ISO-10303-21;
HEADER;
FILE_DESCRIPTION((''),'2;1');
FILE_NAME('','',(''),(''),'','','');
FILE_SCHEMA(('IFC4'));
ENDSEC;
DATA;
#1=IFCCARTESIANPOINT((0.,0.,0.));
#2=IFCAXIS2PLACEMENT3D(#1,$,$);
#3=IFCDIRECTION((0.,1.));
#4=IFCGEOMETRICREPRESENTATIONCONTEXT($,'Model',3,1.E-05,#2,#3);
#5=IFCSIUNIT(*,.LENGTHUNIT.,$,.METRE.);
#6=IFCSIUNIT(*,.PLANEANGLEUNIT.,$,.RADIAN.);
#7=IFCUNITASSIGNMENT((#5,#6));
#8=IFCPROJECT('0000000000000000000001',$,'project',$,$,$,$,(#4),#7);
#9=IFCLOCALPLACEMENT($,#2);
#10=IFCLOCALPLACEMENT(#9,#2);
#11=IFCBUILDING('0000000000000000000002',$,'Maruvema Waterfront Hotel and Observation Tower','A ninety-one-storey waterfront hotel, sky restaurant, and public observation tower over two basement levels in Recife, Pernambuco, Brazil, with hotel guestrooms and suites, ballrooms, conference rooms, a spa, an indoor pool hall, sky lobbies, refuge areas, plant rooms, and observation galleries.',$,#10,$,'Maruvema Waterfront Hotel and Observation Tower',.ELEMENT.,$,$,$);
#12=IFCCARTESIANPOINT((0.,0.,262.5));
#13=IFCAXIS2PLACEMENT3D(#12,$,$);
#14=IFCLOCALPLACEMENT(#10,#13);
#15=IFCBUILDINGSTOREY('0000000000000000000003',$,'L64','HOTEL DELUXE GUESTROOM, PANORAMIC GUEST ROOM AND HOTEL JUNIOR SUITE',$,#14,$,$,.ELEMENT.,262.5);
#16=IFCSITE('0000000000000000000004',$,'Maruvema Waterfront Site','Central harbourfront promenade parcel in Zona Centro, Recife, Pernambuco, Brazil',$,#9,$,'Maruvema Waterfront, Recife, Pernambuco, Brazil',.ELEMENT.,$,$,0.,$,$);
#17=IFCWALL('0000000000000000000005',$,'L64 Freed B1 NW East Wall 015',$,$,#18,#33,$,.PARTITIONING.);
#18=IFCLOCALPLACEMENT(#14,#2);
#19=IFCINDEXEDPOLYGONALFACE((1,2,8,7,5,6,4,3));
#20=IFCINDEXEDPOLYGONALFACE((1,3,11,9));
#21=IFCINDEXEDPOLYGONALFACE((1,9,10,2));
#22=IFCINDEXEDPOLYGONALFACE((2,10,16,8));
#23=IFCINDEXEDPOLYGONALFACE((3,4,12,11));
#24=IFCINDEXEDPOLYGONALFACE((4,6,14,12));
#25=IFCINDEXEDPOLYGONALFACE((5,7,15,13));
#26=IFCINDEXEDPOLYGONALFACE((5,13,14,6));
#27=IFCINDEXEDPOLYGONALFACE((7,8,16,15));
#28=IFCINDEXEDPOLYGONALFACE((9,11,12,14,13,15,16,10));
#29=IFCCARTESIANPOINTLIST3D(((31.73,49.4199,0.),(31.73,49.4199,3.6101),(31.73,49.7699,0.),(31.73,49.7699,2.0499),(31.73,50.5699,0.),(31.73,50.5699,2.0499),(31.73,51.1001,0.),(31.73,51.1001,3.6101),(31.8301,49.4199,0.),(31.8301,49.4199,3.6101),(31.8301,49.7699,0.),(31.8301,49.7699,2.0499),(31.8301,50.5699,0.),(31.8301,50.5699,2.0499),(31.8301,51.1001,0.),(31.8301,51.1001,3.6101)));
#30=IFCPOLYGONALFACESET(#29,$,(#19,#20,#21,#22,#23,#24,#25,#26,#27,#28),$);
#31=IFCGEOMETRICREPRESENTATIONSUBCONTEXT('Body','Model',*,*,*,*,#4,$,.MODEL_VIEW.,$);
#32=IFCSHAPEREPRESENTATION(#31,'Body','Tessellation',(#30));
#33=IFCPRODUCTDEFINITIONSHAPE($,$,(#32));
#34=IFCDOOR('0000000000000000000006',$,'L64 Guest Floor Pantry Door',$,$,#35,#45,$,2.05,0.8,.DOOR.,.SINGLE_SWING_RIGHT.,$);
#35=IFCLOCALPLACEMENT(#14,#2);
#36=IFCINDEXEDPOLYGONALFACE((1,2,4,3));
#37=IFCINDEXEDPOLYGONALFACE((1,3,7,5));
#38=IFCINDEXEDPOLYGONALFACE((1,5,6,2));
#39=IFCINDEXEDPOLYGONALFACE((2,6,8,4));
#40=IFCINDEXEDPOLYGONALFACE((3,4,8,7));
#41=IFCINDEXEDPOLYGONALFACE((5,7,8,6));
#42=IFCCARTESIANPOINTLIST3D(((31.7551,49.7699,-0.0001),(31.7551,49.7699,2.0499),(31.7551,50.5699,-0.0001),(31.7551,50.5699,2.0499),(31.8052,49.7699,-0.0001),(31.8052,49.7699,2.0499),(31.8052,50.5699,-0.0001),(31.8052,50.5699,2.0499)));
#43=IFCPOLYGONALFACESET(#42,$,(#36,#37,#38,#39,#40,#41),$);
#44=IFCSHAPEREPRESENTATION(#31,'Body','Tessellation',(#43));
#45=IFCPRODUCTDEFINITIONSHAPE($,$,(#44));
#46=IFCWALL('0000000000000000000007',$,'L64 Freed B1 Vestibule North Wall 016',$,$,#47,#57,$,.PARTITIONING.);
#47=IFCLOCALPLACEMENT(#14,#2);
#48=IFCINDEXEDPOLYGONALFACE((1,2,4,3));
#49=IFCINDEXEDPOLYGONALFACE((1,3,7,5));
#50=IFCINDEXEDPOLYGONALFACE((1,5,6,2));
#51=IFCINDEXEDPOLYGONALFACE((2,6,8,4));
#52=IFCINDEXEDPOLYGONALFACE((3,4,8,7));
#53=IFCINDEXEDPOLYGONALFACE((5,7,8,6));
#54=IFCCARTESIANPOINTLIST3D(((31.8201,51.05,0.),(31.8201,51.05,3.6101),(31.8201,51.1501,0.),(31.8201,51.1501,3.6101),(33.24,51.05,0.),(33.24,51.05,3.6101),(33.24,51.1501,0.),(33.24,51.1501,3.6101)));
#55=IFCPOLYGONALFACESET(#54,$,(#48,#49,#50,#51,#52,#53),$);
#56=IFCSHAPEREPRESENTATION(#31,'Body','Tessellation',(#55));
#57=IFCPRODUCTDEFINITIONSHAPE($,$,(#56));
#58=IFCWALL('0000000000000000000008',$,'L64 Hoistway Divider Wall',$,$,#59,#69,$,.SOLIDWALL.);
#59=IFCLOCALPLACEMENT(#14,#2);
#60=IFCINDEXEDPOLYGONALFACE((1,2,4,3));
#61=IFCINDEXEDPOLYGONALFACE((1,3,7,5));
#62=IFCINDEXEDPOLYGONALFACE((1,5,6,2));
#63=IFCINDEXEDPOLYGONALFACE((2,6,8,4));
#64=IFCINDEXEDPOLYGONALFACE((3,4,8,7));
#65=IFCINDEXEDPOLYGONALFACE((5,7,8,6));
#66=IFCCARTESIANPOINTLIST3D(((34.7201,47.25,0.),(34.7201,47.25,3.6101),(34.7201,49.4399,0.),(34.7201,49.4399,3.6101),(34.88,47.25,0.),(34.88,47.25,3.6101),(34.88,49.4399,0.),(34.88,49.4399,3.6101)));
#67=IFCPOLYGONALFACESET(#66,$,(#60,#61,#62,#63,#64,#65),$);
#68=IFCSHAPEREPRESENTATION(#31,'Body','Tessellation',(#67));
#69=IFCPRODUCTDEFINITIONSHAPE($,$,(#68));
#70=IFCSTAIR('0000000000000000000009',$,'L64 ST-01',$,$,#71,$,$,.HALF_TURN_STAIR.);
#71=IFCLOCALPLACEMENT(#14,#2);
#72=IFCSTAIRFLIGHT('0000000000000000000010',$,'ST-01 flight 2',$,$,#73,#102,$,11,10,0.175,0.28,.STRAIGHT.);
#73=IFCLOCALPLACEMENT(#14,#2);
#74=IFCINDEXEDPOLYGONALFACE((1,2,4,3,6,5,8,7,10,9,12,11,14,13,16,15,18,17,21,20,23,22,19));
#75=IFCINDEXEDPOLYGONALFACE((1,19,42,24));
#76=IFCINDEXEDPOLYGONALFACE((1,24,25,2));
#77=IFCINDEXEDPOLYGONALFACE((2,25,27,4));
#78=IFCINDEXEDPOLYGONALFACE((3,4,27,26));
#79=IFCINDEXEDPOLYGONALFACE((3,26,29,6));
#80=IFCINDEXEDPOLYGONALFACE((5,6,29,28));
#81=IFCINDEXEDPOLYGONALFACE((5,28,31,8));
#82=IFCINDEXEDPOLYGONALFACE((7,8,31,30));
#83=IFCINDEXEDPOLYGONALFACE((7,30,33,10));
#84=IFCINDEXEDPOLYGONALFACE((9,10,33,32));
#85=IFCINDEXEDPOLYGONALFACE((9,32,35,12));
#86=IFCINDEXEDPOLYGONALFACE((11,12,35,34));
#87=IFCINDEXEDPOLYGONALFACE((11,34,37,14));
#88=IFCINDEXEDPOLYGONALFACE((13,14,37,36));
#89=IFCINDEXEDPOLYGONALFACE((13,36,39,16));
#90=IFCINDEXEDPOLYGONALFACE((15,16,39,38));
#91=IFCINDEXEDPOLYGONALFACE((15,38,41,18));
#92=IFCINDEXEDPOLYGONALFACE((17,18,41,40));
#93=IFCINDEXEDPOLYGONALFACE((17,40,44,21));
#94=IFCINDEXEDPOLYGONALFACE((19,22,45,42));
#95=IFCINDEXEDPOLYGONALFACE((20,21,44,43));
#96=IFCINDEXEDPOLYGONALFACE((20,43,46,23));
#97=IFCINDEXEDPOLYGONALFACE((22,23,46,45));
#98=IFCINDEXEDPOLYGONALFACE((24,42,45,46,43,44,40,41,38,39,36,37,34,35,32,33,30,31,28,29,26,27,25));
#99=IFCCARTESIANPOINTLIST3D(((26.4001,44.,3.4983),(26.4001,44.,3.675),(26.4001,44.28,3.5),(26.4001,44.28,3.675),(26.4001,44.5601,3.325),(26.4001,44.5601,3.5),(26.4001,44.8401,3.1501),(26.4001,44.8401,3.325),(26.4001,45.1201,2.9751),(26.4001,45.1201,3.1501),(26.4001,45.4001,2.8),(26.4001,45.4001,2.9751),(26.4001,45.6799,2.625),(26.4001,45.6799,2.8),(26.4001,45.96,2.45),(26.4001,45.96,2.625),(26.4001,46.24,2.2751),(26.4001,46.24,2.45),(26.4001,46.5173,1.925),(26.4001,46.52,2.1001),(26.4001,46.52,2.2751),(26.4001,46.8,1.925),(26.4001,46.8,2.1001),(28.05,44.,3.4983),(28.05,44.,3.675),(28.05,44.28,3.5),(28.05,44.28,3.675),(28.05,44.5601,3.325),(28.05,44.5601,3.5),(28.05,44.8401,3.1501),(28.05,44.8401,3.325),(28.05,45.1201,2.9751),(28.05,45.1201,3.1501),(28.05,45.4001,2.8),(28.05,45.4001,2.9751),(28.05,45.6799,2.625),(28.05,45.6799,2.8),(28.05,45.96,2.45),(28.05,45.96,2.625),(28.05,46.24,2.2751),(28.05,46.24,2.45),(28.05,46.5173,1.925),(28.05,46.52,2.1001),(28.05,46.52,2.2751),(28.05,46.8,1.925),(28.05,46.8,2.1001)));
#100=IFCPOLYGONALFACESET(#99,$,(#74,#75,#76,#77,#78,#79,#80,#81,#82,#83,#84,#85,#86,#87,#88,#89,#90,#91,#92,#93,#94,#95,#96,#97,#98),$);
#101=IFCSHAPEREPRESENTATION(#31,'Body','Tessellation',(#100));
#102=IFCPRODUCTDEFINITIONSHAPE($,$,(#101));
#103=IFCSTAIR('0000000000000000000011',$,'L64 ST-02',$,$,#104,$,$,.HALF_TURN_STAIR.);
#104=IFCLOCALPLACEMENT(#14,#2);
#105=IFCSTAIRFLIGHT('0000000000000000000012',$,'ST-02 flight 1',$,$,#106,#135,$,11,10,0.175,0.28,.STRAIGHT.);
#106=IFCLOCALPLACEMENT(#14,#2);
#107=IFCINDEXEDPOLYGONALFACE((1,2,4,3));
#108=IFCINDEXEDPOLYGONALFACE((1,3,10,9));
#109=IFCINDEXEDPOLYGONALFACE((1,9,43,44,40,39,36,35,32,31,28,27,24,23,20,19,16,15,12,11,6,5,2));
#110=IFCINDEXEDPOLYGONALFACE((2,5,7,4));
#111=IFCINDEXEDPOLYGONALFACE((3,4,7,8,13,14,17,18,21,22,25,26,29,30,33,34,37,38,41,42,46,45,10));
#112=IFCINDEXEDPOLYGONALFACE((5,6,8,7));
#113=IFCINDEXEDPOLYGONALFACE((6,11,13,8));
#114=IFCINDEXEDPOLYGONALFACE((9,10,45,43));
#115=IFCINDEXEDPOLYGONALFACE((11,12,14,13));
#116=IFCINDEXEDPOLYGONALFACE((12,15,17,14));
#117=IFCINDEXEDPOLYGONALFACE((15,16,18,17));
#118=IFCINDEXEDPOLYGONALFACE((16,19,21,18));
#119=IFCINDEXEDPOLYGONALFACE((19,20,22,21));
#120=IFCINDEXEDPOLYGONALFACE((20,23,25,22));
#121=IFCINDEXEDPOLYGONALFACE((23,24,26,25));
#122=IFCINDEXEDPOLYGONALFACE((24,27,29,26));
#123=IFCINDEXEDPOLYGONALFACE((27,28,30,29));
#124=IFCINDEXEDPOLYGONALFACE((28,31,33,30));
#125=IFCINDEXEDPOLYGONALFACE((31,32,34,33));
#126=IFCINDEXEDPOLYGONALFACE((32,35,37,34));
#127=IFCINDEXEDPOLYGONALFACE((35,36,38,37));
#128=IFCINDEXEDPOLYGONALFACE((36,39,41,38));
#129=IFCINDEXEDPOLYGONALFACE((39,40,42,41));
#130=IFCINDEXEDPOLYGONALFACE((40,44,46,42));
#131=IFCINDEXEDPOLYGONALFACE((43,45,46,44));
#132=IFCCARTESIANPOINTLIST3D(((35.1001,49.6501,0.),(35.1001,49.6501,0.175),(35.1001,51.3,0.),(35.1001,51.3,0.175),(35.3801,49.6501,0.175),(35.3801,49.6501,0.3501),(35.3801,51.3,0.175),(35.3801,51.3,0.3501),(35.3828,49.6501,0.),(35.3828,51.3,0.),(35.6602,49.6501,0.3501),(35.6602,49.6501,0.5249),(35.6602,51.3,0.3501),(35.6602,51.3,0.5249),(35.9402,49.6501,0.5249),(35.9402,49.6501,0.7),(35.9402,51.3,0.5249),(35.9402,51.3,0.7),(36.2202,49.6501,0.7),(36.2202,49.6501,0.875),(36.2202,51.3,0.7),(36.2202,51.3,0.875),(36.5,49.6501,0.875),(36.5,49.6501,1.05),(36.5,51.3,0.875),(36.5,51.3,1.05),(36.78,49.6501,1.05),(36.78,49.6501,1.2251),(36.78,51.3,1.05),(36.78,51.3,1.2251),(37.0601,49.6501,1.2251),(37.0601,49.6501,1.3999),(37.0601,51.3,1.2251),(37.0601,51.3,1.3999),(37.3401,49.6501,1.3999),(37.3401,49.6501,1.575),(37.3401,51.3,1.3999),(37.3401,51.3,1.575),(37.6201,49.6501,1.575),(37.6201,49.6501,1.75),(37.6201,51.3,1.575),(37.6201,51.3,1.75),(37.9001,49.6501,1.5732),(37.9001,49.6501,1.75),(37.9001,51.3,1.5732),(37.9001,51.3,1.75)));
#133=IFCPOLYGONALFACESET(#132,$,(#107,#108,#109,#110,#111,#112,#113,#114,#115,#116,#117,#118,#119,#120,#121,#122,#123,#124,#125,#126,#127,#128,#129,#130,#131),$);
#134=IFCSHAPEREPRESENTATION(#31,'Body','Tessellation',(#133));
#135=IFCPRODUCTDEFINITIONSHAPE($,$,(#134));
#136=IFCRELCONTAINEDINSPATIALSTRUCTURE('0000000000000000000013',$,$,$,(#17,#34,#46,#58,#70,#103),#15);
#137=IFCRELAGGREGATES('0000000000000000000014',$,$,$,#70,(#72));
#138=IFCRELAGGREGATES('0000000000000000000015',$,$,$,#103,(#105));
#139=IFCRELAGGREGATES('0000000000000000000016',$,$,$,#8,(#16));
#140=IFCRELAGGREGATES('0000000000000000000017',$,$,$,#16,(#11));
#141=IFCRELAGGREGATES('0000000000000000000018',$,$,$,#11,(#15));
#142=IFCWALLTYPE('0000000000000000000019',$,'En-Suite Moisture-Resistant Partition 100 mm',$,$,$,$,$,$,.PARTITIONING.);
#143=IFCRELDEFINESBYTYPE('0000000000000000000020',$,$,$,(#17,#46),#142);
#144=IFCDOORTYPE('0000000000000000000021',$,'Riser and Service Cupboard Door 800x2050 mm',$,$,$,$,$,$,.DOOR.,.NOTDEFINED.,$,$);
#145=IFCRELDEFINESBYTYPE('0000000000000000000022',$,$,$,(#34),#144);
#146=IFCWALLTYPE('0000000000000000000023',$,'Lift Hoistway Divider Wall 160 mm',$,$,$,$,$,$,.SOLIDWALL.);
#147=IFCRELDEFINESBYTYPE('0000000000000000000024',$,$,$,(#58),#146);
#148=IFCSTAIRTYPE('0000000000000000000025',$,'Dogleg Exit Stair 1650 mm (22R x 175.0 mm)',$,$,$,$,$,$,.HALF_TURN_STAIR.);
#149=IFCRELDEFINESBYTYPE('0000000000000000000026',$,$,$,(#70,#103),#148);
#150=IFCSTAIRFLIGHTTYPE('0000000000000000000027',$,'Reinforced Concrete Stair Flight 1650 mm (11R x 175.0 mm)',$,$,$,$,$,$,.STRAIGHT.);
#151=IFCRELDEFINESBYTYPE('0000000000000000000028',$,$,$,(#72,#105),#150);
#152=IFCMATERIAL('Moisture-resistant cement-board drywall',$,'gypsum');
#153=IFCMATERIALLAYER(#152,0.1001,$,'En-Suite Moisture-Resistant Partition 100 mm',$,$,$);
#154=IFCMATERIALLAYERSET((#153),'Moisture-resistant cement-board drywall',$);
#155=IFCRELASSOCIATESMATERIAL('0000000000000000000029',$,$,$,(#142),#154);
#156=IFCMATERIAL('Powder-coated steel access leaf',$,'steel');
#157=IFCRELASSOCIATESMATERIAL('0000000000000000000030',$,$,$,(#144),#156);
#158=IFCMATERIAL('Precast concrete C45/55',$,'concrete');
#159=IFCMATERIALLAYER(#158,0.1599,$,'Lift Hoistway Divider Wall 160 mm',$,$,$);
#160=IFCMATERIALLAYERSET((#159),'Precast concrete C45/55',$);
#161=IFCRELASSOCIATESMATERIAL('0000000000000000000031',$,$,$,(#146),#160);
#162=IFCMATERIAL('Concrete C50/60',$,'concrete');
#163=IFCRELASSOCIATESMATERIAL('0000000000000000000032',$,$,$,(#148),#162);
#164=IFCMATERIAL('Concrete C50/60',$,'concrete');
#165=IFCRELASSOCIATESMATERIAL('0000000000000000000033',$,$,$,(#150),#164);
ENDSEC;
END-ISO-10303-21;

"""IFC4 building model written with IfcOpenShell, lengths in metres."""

from ifc_helpers import new_model, si_unit, direction, frame, frame_2d, origin, place, context, subcontext, project, spatial, polyline, rectangle, outline, extrude, material, layer, layer_set, type_object, element, fill, aggregate, save


model = new_model("IFC4")

# Units and contexts
model_context = context("Model", 3, precision=1e-05, world=origin(), true_north=direction((0.0, 1.0)))
body_context = subcontext(model_context, "Body", "Model", "MODEL_VIEW")
ifc_project = project(units=[si_unit("LENGTHUNIT", "METRE"), si_unit("PLANEANGLEUNIT", "RADIAN")], contexts=[model_context])

# Site, building, storey
site_placement = place(None, origin())
site = spatial("IfcSite", under=ifc_project, at=site_placement, Name="Maruvema Waterfront Site", Description="Central harbourfront promenade parcel in Zona Centro, Recife, Pernambuco, Brazil", LongName="Maruvema Waterfront, Recife, Pernambuco, Brazil", CompositionType="ELEMENT", RefElevation=0.0)
building_placement = place(site_placement, origin())
building = spatial("IfcBuilding", under=site, at=building_placement, Name="Maruvema Waterfront Hotel and Observation Tower", Description="A ninety-one-storey waterfront hotel, sky restaurant, and public observation tower over two basement levels in Recife, Pernambuco, Brazil, with hotel guestrooms and suites, ballrooms, conference rooms, a spa, an indoor pool hall, sky lobbies, refuge areas, plant rooms, and observation galleries.", LongName="Maruvema Waterfront Hotel and Observation Tower", CompositionType="ELEMENT")
storey_placement = place(building_placement, frame((0.0, 0.0, 262.5)))
storey = spatial("IfcBuildingStorey", under=building, at=storey_placement, Name="L64", Description="HOTEL DELUXE GUESTROOM, PANORAMIC GUEST ROOM AND HOTEL JUNIOR SUITE", CompositionType="ELEMENT", Elevation=262.5)

# Shared definitions
ifc_material_1 = material(Name="Moisture-resistant cement-board drywall", Category="gypsum")
ifc_layer_1 = layer(ifc_material_1, 0.1001, Name="En-Suite Moisture-Resistant Partition 100 mm")
ifc_layer_set_1 = layer_set([ifc_layer_1], Name="Moisture-resistant cement-board drywall")
wall_type_1 = type_object("IfcWallType", Name="En-Suite Moisture-Resistant Partition 100 mm", PredefinedType="PARTITIONING", material=ifc_layer_set_1)

# Wall, opening, door
ifc_material_2 = material(Name="Powder-coated steel access leaf", Category="steel")
door_type_1 = type_object("IfcDoorType", Name="Riser and Service Cupboard Door 800x2050 mm", OperationType="NOTDEFINED", PredefinedType="DOOR", material=ifc_material_2)
wall_1_placement = place(storey_placement, frame((31.78, 49.4199, 0.0), z_axis=(0.0, 0.0, 1.0), x_axis=(0.0, 1.0, 0.0)))
wall_1 = element("IfcWall", 1, at=wall_1_placement, inside=storey, type_object=wall_type_1, Name="L64 Freed B1 NW East Wall 015", PredefinedType="PARTITIONING", context=body_context, shape_type="SweptSolid", body=[
    extrude(rectangle(XDim=1.6802, YDim=0.1001, at=frame_2d((0.8401, 0.0))), origin(), (0.0, 0.0, 1.0), 3.6101),
])
opening_1_placement = place(wall_1_placement, frame((0.3501, 0.0, 0.0)))
opening_1 = element("IfcOpeningElement", 2, at=opening_1_placement, cuts=wall_1, PredefinedType="OPENING", context=body_context, shape_type="SweptSolid", body=[
    extrude(rectangle(XDim=0.8, YDim=2.05, at=frame_2d((0.3999, 1.0249))), frame((0.0, 0.0601, 0.0), z_axis=(0.0, -1.0, 0.0), x_axis=(1.0, 0.0, 0.0)), (0.0, 0.0, 1.0), 0.1201),
])
door_1_placement = place(opening_1_placement, origin())
door_1 = element("IfcDoor", 3, at=door_1_placement, inside=storey, type_object=door_type_1, Name="L64 Guest Floor Pantry Door", OperationType="SINGLE_SWING_RIGHT", OverallHeight=2.05, OverallWidth=0.8, PredefinedType="DOOR", context=body_context, shape_type="SweptSolid", body=[
    extrude(rectangle(XDim=0.8, YDim=2.05, at=frame_2d((0.3999, 1.0249))), frame((0.0, 0.0249, 0.0), z_axis=(0.0, -1.0, 0.0), x_axis=(1.0, 0.0, 0.0)), (0.0, 0.0, 1.0), 0.05),
])
fill(opening_1, door_1)

# Walls
wall_2_placement = place(storey_placement, frame((31.8201, 51.1001, 0.0), z_axis=(0.0, 0.0, 1.0), x_axis=(1.0, 0.0, 0.0)))
element("IfcWall", 4, at=wall_2_placement, inside=storey, type_object=wall_type_1, Name="L64 Freed B1 Vestibule North Wall 016", PredefinedType="PARTITIONING", context=body_context, shape_type="SweptSolid", body=[
    extrude(rectangle(XDim=1.4199, YDim=0.1001, at=frame_2d((0.71, 0.0))), origin(), (0.0, 0.0, 1.0), 3.6101),
])
ifc_material_3 = material(Name="Precast concrete C45/55", Category="concrete")
ifc_layer_2 = layer(ifc_material_3, 0.1599, Name="Lift Hoistway Divider Wall 160 mm")
ifc_layer_set_2 = layer_set([ifc_layer_2], Name="Precast concrete C45/55")
wall_type_2 = type_object("IfcWallType", Name="Lift Hoistway Divider Wall 160 mm", PredefinedType="SOLIDWALL", material=ifc_layer_set_2)
wall_3_placement = place(storey_placement, frame((34.8, 47.25, 0.0), z_axis=(0.0, 0.0, 1.0), x_axis=(0.0, 1.0, 0.0)))
element("IfcWall", 5, at=wall_3_placement, inside=storey, type_object=wall_type_2, Name="L64 Hoistway Divider Wall", PredefinedType="SOLIDWALL", context=body_context, shape_type="SweptSolid", body=[
    extrude(rectangle(XDim=2.1899, YDim=0.1599, at=frame_2d((1.095, 0.0))), origin(), (0.0, 0.0, 1.0), 3.6101),
])

# Stairs, stair flights
ifc_material_4 = material(Name="Concrete C50/60", Category="concrete")
stair_type = type_object("IfcStairType", Name="Dogleg Exit Stair 1650 mm (22R x 175.0 mm)", PredefinedType="HALF_TURN_STAIR", material=ifc_material_4)
stair_1_placement = place(storey_placement, origin())
stair_1 = element("IfcStair", 6, at=stair_1_placement, inside=storey, type_object=stair_type, Name="L64 ST-01", PredefinedType="HALF_TURN_STAIR")
ifc_material_5 = material(Name="Concrete C50/60", Category="concrete")
stair_flight_type = type_object("IfcStairFlightType", Name="Reinforced Concrete Stair Flight 1650 mm (11R x 175.0 mm)", PredefinedType="STRAIGHT", material=ifc_material_5)
stair_flight_1_placement = place(storey_placement, frame((27.2251, 46.8, 1.925), z_axis=(0.0, 0.0, 1.0), x_axis=(0.0, -1.0, 0.0)))
stair_flight_1 = element("IfcStairFlight", 7, at=stair_flight_1_placement, type_object=stair_flight_type, Name="ST-01 flight 2", NumberOfRisers=11, NumberOfTreads=10, PredefinedType="STRAIGHT", RiserHeight=0.175, TreadLength=0.28, context=body_context, shape_type="SweptSolid", body=[
    extrude(outline(polyline([(0.0, 0.0), (0.0, 0.175), (0.28, 0.175), (0.28, 0.3501), (0.5601, 0.3501), (0.5601, 0.5249), (0.8401, 0.5249), (0.8401, 0.7), (1.1201, 0.7), (1.1201, 0.875), (1.3999, 0.875), (1.3999, 1.05), (1.6799, 1.05), (1.6799, 1.2251), (1.96, 1.2251), (1.96, 1.3999), (2.24, 1.3999), (2.24, 1.575), (2.52, 1.575), (2.52, 1.75), (2.8, 1.75), (2.8, 1.925), (2.8, 1.5732), (0.2827, 0.0), (0.0, 0.0)])), frame((0.0, 0.825, 0.0), z_axis=(0.0, -1.0, 0.0), x_axis=(1.0, 0.0, 0.0)), (0.0, 0.0, 1.0), 1.6499),
])
aggregate(stair_1, [stair_flight_1])
stair_2_placement = place(storey_placement, origin())
stair_2 = element("IfcStair", 8, at=stair_2_placement, inside=storey, type_object=stair_type, Name="L64 ST-02", PredefinedType="HALF_TURN_STAIR")
stair_flight_2_placement = place(storey_placement, frame((35.1001, 50.4751, 0.0), z_axis=(0.0, 0.0, 1.0), x_axis=(1.0, 0.0, 0.0)))
stair_flight_2 = element("IfcStairFlight", 9, at=stair_flight_2_placement, type_object=stair_flight_type, Name="ST-02 flight 1", NumberOfRisers=11, NumberOfTreads=10, PredefinedType="STRAIGHT", RiserHeight=0.175, TreadLength=0.28, context=body_context, shape_type="SweptSolid", body=[
    extrude(outline(polyline([(0.0, 0.0), (0.0, 0.175), (0.28, 0.175), (0.28, 0.3501), (0.5601, 0.3501), (0.5601, 0.5249), (0.8401, 0.5249), (0.8401, 0.7), (1.1201, 0.7), (1.1201, 0.875), (1.3999, 0.875), (1.3999, 1.05), (1.6799, 1.05), (1.6799, 1.2251), (1.96, 1.2251), (1.96, 1.3999), (2.24, 1.3999), (2.24, 1.575), (2.52, 1.575), (2.52, 1.75), (2.8, 1.75), (2.8, 1.925), (2.8, 1.5732), (0.2827, 0.0), (0.0, 0.0)])), frame((0.0, 0.825, 0.0), z_axis=(0.0, -1.0, 0.0), x_axis=(1.0, 0.0, 0.0)), (0.0, 0.0, 1.0), 1.6499),
])
aggregate(stair_2, [stair_flight_2])

save(model, "model.ifc")
